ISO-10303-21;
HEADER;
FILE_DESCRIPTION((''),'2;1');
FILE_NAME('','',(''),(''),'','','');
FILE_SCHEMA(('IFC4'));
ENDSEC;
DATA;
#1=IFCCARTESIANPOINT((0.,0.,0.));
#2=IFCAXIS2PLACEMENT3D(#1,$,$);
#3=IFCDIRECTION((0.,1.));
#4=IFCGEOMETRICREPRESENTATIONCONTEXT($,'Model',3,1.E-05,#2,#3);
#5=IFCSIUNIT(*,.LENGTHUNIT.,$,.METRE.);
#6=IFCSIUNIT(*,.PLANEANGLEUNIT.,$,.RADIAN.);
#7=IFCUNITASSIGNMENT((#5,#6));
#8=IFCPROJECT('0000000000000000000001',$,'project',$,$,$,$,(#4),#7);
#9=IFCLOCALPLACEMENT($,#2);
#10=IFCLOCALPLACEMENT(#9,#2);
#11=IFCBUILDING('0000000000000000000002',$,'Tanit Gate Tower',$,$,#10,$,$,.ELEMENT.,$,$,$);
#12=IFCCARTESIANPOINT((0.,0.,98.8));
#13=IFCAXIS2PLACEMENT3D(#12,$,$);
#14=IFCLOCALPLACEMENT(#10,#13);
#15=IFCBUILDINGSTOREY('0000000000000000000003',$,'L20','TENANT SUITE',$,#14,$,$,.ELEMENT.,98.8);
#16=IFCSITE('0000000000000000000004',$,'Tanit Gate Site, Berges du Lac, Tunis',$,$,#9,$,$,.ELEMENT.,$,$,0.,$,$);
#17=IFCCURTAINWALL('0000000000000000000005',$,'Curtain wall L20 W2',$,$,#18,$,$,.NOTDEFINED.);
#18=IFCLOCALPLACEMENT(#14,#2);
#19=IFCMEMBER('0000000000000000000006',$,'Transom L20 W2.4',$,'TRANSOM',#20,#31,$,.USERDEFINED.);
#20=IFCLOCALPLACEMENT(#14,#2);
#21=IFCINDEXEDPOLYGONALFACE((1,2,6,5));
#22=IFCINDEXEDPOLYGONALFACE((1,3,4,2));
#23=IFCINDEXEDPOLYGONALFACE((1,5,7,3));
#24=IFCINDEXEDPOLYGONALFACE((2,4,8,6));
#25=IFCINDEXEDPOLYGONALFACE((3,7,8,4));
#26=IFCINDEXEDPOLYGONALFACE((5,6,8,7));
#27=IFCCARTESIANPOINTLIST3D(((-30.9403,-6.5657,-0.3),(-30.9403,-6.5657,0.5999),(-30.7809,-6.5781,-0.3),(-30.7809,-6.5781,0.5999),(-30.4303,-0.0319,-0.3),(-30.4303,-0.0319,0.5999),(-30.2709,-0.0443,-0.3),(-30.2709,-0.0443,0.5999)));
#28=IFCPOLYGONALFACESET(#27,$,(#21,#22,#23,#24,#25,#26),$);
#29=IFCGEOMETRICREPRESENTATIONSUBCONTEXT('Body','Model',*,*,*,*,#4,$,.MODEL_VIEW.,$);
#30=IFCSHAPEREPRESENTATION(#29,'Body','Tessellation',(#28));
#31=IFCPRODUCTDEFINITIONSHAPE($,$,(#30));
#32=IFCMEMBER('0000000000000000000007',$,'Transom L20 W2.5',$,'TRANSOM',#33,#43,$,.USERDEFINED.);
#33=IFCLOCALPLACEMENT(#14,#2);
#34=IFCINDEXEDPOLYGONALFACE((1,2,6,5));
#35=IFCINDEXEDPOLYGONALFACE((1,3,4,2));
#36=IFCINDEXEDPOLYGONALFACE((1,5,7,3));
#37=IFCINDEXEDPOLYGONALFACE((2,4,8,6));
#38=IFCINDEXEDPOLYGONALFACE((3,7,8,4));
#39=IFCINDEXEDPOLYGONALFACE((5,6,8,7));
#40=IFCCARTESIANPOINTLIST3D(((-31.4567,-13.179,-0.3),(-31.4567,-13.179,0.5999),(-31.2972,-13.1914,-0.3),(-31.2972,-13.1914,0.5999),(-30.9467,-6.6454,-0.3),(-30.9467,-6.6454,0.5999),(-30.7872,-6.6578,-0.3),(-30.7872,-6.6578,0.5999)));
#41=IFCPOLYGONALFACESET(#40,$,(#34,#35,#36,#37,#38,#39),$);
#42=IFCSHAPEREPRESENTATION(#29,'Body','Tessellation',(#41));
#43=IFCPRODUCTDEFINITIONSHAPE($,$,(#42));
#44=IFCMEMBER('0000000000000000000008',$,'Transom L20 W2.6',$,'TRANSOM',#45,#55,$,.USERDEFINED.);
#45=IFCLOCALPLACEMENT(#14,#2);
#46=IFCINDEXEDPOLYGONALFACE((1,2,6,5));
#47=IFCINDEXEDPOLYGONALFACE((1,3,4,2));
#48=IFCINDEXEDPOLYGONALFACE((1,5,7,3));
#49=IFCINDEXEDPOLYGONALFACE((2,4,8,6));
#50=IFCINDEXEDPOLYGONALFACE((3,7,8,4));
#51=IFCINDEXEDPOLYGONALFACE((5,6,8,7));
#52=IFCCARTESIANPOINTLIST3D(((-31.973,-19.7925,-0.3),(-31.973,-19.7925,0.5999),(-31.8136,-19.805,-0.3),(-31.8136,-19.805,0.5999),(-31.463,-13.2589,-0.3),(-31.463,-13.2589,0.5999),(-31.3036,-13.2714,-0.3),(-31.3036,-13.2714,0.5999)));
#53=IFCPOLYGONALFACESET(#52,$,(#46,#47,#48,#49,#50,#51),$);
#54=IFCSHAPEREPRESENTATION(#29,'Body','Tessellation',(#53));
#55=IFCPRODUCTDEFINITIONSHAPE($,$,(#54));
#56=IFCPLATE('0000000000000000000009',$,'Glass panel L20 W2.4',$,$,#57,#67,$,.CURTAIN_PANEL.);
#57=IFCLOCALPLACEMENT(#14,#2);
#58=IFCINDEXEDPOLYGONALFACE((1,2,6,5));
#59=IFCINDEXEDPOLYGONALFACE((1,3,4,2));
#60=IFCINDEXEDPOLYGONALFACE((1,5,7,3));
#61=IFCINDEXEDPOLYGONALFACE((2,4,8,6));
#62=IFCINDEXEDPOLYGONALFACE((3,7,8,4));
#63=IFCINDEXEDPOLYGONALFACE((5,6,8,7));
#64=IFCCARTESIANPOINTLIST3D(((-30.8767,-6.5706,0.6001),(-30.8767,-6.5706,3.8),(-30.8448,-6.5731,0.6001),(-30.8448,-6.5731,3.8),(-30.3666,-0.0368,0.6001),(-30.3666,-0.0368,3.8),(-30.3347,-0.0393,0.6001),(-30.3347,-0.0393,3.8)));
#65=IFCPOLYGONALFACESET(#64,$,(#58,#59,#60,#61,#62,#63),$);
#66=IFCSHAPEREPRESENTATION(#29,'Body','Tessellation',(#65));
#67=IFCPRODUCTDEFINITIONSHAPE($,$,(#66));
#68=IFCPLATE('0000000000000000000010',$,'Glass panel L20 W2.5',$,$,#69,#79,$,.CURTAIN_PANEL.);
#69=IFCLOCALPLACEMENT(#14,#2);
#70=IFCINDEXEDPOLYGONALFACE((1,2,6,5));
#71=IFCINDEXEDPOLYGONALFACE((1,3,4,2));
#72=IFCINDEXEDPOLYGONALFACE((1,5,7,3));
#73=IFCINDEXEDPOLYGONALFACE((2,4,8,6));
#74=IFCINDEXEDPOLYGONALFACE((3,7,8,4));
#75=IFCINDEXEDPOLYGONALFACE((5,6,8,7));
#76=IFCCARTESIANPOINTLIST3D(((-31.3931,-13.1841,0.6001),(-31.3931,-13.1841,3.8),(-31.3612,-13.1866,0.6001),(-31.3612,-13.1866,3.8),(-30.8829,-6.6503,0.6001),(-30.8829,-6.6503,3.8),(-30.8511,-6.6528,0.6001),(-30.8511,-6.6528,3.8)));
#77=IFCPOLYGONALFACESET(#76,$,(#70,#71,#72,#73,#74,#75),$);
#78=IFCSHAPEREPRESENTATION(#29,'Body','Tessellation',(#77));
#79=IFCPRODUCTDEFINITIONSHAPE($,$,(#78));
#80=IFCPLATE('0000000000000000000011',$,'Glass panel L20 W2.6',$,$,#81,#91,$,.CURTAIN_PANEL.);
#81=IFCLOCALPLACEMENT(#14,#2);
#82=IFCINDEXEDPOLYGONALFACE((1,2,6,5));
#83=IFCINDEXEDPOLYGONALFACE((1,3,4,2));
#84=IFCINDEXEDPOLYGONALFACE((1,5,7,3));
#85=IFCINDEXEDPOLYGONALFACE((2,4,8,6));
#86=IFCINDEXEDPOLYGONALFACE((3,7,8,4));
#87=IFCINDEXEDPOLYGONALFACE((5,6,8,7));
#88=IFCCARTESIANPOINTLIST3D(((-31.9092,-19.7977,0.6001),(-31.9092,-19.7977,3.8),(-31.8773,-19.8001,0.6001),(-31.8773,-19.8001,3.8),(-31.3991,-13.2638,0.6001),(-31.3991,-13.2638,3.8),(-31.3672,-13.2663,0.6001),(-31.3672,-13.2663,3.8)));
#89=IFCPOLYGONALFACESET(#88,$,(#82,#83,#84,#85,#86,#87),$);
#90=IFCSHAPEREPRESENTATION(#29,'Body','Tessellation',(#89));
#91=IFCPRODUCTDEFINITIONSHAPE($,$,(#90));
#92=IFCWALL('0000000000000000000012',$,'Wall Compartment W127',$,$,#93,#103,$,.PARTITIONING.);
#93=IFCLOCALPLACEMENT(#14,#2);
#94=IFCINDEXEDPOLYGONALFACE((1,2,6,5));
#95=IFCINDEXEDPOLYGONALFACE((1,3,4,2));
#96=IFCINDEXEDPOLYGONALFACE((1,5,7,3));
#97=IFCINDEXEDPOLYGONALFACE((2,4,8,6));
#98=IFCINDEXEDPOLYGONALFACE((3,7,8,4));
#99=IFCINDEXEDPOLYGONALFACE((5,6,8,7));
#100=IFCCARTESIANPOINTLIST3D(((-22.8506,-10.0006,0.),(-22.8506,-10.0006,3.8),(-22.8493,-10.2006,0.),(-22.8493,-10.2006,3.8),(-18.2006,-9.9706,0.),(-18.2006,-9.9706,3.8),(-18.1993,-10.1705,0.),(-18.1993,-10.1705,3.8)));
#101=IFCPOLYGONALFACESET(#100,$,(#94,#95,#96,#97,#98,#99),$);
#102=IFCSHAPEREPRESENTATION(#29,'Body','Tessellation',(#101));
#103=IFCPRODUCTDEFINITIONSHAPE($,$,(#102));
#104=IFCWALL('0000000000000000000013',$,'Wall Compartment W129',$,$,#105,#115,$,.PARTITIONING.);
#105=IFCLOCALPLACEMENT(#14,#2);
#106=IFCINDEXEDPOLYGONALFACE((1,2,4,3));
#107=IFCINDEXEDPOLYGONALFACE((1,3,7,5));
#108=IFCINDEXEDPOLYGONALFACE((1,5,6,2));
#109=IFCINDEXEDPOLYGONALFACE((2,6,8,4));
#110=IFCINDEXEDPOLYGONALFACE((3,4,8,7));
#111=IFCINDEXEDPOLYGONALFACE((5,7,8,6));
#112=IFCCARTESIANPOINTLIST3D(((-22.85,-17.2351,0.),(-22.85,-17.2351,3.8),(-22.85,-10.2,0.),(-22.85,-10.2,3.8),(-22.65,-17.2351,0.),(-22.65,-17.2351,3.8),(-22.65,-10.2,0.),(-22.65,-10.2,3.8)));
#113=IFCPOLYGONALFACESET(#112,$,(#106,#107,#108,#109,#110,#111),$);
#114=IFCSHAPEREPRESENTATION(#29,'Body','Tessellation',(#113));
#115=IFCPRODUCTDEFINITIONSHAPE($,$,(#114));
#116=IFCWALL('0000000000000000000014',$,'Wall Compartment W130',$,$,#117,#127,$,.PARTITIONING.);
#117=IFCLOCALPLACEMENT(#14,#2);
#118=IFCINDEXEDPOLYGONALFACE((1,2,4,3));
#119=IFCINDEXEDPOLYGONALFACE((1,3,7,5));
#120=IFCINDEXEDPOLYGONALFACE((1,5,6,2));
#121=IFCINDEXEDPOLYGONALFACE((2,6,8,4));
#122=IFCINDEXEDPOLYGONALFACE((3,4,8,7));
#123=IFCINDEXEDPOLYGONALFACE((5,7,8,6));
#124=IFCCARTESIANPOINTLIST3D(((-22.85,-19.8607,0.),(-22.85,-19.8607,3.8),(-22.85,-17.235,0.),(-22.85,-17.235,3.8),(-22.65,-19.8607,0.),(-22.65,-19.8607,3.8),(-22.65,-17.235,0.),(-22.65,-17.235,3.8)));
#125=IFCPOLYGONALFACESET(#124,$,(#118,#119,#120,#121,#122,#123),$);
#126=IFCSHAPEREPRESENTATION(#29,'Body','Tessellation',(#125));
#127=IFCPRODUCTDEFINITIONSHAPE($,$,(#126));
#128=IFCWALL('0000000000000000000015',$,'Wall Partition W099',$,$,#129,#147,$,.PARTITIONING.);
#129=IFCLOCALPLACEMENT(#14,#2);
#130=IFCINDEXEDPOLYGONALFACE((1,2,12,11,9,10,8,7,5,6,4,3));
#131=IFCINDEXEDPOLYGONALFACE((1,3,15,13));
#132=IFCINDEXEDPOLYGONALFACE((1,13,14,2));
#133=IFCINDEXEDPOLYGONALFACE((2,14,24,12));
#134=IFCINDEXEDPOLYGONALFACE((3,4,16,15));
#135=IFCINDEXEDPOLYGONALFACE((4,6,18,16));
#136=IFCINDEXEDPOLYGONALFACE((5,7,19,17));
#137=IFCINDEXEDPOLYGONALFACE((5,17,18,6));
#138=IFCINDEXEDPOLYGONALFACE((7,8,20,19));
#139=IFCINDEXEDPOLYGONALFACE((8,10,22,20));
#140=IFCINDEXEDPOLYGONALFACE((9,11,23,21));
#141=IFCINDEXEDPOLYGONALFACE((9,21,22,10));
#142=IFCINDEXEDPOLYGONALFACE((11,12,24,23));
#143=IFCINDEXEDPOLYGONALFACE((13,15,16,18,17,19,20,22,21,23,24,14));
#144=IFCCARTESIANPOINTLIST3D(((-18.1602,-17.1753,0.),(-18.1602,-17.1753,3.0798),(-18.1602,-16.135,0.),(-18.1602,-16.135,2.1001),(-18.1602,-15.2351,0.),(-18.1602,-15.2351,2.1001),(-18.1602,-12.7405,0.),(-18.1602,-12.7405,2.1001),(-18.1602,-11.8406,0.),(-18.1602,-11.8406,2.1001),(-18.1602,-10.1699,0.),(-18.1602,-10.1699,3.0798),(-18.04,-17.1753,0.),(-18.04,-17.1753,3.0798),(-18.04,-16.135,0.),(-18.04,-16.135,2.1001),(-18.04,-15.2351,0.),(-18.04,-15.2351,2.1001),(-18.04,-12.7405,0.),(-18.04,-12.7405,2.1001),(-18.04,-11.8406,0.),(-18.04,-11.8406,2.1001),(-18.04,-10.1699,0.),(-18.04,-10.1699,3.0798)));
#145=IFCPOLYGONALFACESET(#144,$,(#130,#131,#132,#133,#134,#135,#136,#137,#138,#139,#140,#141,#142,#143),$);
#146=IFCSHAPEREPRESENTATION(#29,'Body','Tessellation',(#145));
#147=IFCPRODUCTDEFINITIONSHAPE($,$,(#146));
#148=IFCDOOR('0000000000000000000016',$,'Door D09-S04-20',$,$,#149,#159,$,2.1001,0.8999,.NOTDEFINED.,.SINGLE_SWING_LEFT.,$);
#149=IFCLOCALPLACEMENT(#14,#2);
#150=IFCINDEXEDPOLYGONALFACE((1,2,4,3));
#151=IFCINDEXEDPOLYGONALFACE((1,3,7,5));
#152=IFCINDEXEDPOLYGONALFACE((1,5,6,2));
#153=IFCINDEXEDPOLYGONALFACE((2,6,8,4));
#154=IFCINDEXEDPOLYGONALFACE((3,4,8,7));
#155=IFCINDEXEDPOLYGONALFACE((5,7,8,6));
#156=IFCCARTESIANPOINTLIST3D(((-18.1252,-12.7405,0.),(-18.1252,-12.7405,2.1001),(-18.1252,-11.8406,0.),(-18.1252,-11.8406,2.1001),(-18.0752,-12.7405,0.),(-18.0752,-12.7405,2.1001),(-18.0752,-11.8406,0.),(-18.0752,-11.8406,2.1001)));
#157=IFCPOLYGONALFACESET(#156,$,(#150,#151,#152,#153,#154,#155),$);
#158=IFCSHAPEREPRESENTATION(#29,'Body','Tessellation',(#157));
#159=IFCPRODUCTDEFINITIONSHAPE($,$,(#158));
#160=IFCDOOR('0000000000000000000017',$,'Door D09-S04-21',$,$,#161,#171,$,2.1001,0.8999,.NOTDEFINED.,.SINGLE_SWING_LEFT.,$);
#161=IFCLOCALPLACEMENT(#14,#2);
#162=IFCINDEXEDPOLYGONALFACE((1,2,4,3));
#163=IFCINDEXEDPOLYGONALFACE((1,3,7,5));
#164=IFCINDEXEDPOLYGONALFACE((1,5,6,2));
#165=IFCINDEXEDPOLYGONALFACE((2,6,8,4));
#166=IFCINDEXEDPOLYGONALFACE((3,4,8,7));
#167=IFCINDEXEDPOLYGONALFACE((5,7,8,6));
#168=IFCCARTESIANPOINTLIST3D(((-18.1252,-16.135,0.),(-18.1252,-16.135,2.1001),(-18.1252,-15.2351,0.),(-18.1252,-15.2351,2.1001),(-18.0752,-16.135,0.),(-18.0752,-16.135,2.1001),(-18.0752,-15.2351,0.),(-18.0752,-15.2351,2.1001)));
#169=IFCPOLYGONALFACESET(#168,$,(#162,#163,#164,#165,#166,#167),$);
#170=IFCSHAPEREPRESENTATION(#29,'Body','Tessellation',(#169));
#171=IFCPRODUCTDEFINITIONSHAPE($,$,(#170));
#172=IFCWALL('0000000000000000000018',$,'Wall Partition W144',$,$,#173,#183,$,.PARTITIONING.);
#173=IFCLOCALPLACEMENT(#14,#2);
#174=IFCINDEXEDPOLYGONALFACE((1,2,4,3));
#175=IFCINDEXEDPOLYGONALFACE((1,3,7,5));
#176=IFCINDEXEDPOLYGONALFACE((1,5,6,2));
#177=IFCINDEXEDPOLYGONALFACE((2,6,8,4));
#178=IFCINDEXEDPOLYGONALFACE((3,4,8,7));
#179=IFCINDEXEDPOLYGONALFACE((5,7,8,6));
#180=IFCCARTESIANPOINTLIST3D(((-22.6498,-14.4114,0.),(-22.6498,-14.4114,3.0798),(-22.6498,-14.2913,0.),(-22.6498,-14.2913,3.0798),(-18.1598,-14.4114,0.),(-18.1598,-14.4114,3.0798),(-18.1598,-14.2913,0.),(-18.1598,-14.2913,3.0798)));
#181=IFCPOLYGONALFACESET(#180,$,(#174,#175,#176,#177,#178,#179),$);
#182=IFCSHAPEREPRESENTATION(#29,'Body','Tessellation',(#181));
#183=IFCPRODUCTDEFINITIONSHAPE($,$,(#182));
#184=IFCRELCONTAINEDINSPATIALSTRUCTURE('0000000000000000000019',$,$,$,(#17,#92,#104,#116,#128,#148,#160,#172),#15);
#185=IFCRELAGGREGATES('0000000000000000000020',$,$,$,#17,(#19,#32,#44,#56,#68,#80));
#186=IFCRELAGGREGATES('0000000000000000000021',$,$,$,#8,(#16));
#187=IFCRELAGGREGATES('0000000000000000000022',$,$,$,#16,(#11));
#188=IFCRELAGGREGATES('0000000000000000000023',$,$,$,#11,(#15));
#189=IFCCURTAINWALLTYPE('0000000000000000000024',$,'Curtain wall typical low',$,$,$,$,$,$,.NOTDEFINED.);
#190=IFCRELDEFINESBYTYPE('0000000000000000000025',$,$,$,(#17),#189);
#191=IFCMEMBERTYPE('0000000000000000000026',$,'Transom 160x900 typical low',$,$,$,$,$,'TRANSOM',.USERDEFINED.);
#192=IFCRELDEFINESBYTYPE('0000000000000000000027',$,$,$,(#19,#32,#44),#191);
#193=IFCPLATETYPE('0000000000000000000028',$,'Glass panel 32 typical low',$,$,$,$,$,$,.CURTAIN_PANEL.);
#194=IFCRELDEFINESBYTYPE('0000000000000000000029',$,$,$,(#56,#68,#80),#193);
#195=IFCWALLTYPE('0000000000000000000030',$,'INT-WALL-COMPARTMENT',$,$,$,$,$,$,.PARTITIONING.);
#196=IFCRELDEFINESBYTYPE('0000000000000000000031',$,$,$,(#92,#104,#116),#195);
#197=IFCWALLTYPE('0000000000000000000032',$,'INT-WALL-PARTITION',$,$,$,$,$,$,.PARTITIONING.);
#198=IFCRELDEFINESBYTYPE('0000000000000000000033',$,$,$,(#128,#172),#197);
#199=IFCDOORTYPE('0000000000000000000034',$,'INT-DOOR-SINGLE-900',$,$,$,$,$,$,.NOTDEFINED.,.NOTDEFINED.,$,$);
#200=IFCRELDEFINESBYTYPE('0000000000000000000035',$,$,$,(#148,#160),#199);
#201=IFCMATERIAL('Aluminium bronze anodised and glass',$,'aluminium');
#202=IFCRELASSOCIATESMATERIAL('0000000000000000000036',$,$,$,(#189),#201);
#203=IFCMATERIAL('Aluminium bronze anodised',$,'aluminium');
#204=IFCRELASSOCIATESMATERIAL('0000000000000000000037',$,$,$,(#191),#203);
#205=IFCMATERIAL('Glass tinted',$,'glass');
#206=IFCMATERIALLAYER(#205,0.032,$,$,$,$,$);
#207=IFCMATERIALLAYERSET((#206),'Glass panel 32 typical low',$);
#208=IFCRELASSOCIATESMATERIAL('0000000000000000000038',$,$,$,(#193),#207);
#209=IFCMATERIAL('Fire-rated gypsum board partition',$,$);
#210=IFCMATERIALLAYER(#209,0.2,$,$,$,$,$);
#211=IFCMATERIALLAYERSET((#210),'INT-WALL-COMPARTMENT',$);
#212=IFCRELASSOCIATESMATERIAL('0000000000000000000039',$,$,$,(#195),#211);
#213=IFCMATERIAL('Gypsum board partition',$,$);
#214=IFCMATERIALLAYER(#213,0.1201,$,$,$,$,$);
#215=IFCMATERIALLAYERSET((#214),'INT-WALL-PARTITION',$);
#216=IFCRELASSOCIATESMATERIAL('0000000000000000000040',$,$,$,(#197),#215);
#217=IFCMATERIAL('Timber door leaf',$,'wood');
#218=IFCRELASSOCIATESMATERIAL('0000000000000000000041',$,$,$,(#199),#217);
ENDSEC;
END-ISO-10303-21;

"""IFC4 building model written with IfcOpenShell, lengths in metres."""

from ifc_helpers import new_model, si_unit, direction, frame, frame_2d, origin, origin_2d, place, context, subcontext, project, spatial, rectangle, extrude, material, layer, layer_set, material_profile, profile_set, type_object, element, fill, aggregate, save


model = new_model("IFC4")

# Units and contexts
model_context = context("Model", 3, precision=1e-05, world=origin(), true_north=direction((0.0, 1.0)))
body_context = subcontext(model_context, "Body", "Model", "MODEL_VIEW")
ifc_project = project(units=[si_unit("LENGTHUNIT", "METRE"), si_unit("PLANEANGLEUNIT", "RADIAN")], contexts=[model_context])

# Site, building, storey
site_placement = place(None, origin())
site = spatial("IfcSite", under=ifc_project, at=site_placement, Name="Tanit Gate Site, Berges du Lac, Tunis", CompositionType="ELEMENT", RefElevation=0.0)
building_placement = place(site_placement, origin())
building = spatial("IfcBuilding", under=site, at=building_placement, Name="Tanit Gate Tower", CompositionType="ELEMENT")
storey_placement = place(building_placement, frame((0.0, 0.0, 98.8)))
storey = spatial("IfcBuildingStorey", under=building, at=storey_placement, Name="L20", Description="TENANT SUITE", CompositionType="ELEMENT", Elevation=98.8)

# Curtain wall
ifc_material_1 = material(Name="Aluminium bronze anodised and glass", Category="aluminium")
curtain_wall_type = type_object("IfcCurtainWallType", Name="Curtain wall typical low", PredefinedType="NOTDEFINED", material=ifc_material_1)
curtain_wall_placement = place(storey_placement, origin())
curtain_wall = element("IfcCurtainWall", 1, at=curtain_wall_placement, inside=storey, type_object=curtain_wall_type, Name="Curtain wall L20 W2", PredefinedType="NOTDEFINED")

# Members
ifc_material_2 = material(Name="Aluminium bronze anodised", Category="aluminium")
ifc_material_profile_1 = material_profile(ifc_material_2, rectangle(XDim=0.1599, YDim=0.8999, at=origin_2d()), Name="160x900 bronze transom")
ifc_profile_set_1 = profile_set([ifc_material_profile_1], Name="Aluminium bronze anodised")
member_type_1 = type_object("IfcMemberType", Name="Transom 160x900 typical low", ElementType="TRANSOM", PredefinedType="USERDEFINED", material=ifc_profile_set_1)
member_1_placement = place(storey_placement, frame((-30.3506, -0.0381, 0.1499), z_axis=(-0.077819, -0.996968, 0.0), x_axis=(0.996968, -0.077819, 0.0)))
member_1 = element("IfcMember", 2, at=member_1_placement, type_object=member_type_1, Name="Transom L20 W2.4", ObjectType="TRANSOM", PredefinedType="USERDEFINED", context=body_context, shape_type="SweptSolid", body=[
    extrude(rectangle(XDim=0.1599, YDim=0.8999, at=origin_2d()), origin(), (0.0, 0.0, 1.0), 6.5537),
])
member_2_placement = place(storey_placement, frame((-30.8669, -6.6516, 0.1499), z_axis=(-0.077822, -0.996967, 0.0), x_axis=(0.996967, -0.077822, 0.0)))
member_2 = element("IfcMember", 3, at=member_2_placement, type_object=member_type_1, Name="Transom L20 W2.5", ObjectType="TRANSOM", PredefinedType="USERDEFINED", context=body_context, shape_type="SweptSolid", body=[
    extrude(rectangle(XDim=0.1599, YDim=0.8999, at=origin_2d()), origin(), (0.0, 0.0, 1.0), 6.5535),
])
member_3_placement = place(storey_placement, frame((-31.3833, -13.2651, 0.1499), z_axis=(-0.077822, -0.996967, 0.0), x_axis=(0.996967, -0.077822, 0.0)))
member_3 = element("IfcMember", 4, at=member_3_placement, type_object=member_type_1, Name="Transom L20 W2.6", ObjectType="TRANSOM", PredefinedType="USERDEFINED", context=body_context, shape_type="SweptSolid", body=[
    extrude(rectangle(XDim=0.1599, YDim=0.8999, at=origin_2d()), origin(), (0.0, 0.0, 1.0), 6.5535),
])

# Plates
ifc_material_3 = material(Name="Glass tinted", Category="glass")
ifc_layer_1 = layer(ifc_material_3, 0.032)
ifc_layer_set_1 = layer_set([ifc_layer_1], Name="Glass panel 32 typical low")
plate_type = type_object("IfcPlateType", Name="Glass panel 32 typical low", PredefinedType="CURTAIN_PANEL", material=ifc_layer_set_1)
plate_1_placement = place(storey_placement, frame((-30.6057, -3.3049, 0.6001), z_axis=(0.0, 0.0, 1.0), x_axis=(-0.077839, -0.996966, 0.0)))
plate_1 = element("IfcPlate", 5, at=plate_1_placement, type_object=plate_type, Name="Glass panel L20 W2.4", PredefinedType="CURTAIN_PANEL", context=body_context, shape_type="SweptSolid", body=[
    extrude(rectangle(XDim=6.5537, YDim=0.032, at=origin_2d()), origin(), (0.0, 0.0, 1.0), 3.2),
])
plate_2_placement = place(storey_placement, frame((-31.1221, -9.9185, 0.6001), z_axis=(0.0, 0.0, 1.0), x_axis=(-0.077839, -0.996966, 0.0)))
plate_2 = element("IfcPlate", 6, at=plate_2_placement, type_object=plate_type, Name="Glass panel L20 W2.5", PredefinedType="CURTAIN_PANEL", context=body_context, shape_type="SweptSolid", body=[
    extrude(rectangle(XDim=6.5537, YDim=0.032, at=origin_2d()), origin(), (0.0, 0.0, 1.0), 3.2),
])
plate_3_placement = place(storey_placement, frame((-31.6382, -16.532, 0.6001), z_axis=(0.0, 0.0, 1.0), x_axis=(-0.077839, -0.996966, 0.0)))
plate_3 = element("IfcPlate", 7, at=plate_3_placement, type_object=plate_type, Name="Glass panel L20 W2.6", PredefinedType="CURTAIN_PANEL", context=body_context, shape_type="SweptSolid", body=[
    extrude(rectangle(XDim=6.5537, YDim=0.032, at=origin_2d()), origin(), (0.0, 0.0, 1.0), 3.2),
])
aggregate(curtain_wall, [member_1, member_2, member_3, plate_1, plate_2, plate_3])

# Walls
ifc_material_4 = material(Name="Fire-rated gypsum board partition")
ifc_layer_2 = layer(ifc_material_4, 0.2)
ifc_layer_set_2 = layer_set([ifc_layer_2], Name="INT-WALL-COMPARTMENT")
wall_type_1 = type_object("IfcWallType", Name="INT-WALL-COMPARTMENT", PredefinedType="PARTITIONING", material=ifc_layer_set_2)
wall_1_placement = place(storey_placement, frame((-22.8501, -10.1006, 0.0), z_axis=(0.0, 0.0, 1.0), x_axis=(0.999979, 0.006458, 0.0)))
element("IfcWall", 8, at=wall_1_placement, inside=storey, type_object=wall_type_1, Name="Wall Compartment W127", PredefinedType="PARTITIONING", context=body_context, shape_type="SweptSolid", body=[
    extrude(rectangle(XDim=4.6501, YDim=0.2, at=frame_2d((2.3252, 0.0))), origin(), (0.0, 0.0, 1.0), 3.8),
])
wall_2_placement = place(storey_placement, frame((-22.75, -17.2351, 0.0), z_axis=(0.0, 0.0, 1.0), x_axis=(0.0, 1.0, 0.0)))
element("IfcWall", 9, at=wall_2_placement, inside=storey, type_object=wall_type_1, Name="Wall Compartment W129", PredefinedType="PARTITIONING", context=body_context, shape_type="SweptSolid", body=[
    extrude(rectangle(XDim=7.0352, YDim=0.2, at=frame_2d((3.5176, 0.0))), origin(), (0.0, 0.0, 1.0), 3.8),
])
wall_3_placement = place(storey_placement, frame((-22.75, -19.8608, 0.0), z_axis=(0.0, 0.0, 1.0), x_axis=(0.0, 1.0, 0.0)))
element("IfcWall", 10, at=wall_3_placement, inside=storey, type_object=wall_type_1, Name="Wall Compartment W130", PredefinedType="PARTITIONING", context=body_context, shape_type="SweptSolid", body=[
    extrude(rectangle(XDim=2.6257, YDim=0.2, at=frame_2d((1.313, 0.0))), origin(), (0.0, 0.0, 1.0), 3.8),
])

# Wall, openings, doors
ifc_material_5 = material(Name="Gypsum board partition")
ifc_layer_3 = layer(ifc_material_5, 0.1201)
ifc_layer_set_3 = layer_set([ifc_layer_3], Name="INT-WALL-PARTITION")
wall_type_2 = type_object("IfcWallType", Name="INT-WALL-PARTITION", PredefinedType="PARTITIONING", material=ifc_layer_set_3)
wall_4_placement = place(storey_placement, frame((-18.1001, -10.1699, 0.0), z_axis=(0.0, 0.0, 1.0), x_axis=(0.0, -1.0, 0.0)))
wall_4 = element("IfcWall", 11, at=wall_4_placement, inside=storey, type_object=wall_type_2, Name="Wall Partition W099", PredefinedType="PARTITIONING", context=body_context, shape_type="SweptSolid", body=[
    extrude(rectangle(XDim=7.0054, YDim=0.1201, at=frame_2d((3.5027, 0.0))), origin(), (0.0, 0.0, 1.0), 3.0798),
])
opening_1_placement = place(wall_4_placement, frame((1.6707, 0.0, 0.0)))
opening_1 = element("IfcOpeningElement", 12, at=opening_1_placement, cuts=wall_4, PredefinedType="OPENING", context=body_context, shape_type="SweptSolid", body=[
    extrude(rectangle(XDim=0.8999, YDim=2.1001, at=frame_2d((0.45, 1.05))), frame((0.0, 0.0701, 0.0), z_axis=(0.0, -1.0, 0.0), x_axis=(1.0, 0.0, 0.0)), (0.0, 0.0, 1.0), 0.1401),
])
opening_2_placement = place(wall_4_placement, frame((5.0652, 0.0, 0.0)))
opening_2 = element("IfcOpeningElement", 13, at=opening_2_placement, cuts=wall_4, PredefinedType="OPENING", context=body_context, shape_type="SweptSolid", body=[
    extrude(rectangle(XDim=0.8999, YDim=2.1001, at=frame_2d((0.45, 1.05))), frame((0.0, 0.0701, 0.0), z_axis=(0.0, -1.0, 0.0), x_axis=(1.0, 0.0, 0.0)), (0.0, 0.0, 1.0), 0.1401),
])
ifc_material_6 = material(Name="Timber door leaf", Category="wood")
door_type = type_object("IfcDoorType", Name="INT-DOOR-SINGLE-900", OperationType="NOTDEFINED", PredefinedType="NOTDEFINED", material=ifc_material_6)
door_1_placement = place(opening_1_placement, origin())
door_1 = element("IfcDoor", 14, at=door_1_placement, inside=storey, type_object=door_type, Name="Door D09-S04-20", OperationType="SINGLE_SWING_LEFT", OverallHeight=2.1001, OverallWidth=0.8999, PredefinedType="NOTDEFINED", context=body_context, shape_type="SweptSolid", body=[
    extrude(rectangle(XDim=0.8999, YDim=2.1001, at=frame_2d((0.45, 1.05))), frame((0.0, 0.0249, 0.0), z_axis=(0.0, -1.0, 0.0), x_axis=(1.0, 0.0, 0.0)), (0.0, 0.0, 1.0), 0.05),
])
fill(opening_1, door_1)
door_2_placement = place(opening_2_placement, origin())
door_2 = element("IfcDoor", 15, at=door_2_placement, inside=storey, type_object=door_type, Name="Door D09-S04-21", OperationType="SINGLE_SWING_LEFT", OverallHeight=2.1001, OverallWidth=0.8999, PredefinedType="NOTDEFINED", context=body_context, shape_type="SweptSolid", body=[
    extrude(rectangle(XDim=0.8999, YDim=2.1001, at=frame_2d((0.45, 1.05))), frame((0.0, 0.0249, 0.0), z_axis=(0.0, -1.0, 0.0), x_axis=(1.0, 0.0, 0.0)), (0.0, 0.0, 1.0), 0.05),
])
fill(opening_2, door_2)

# Wall
wall_5_placement = place(storey_placement, frame((-22.6499, -14.3513, 0.0), z_axis=(0.0, 0.0, 1.0), x_axis=(1.0, 0.0, 0.0)))
element("IfcWall", 16, at=wall_5_placement, inside=storey, type_object=wall_type_2, Name="Wall Partition W144", PredefinedType="PARTITIONING", context=body_context, shape_type="SweptSolid", body=[
    extrude(rectangle(XDim=4.49, YDim=0.1201, at=frame_2d((2.2451, 0.0))), origin(), (0.0, 0.0, 1.0), 3.0798),
])

save(model, "model.ifc")
